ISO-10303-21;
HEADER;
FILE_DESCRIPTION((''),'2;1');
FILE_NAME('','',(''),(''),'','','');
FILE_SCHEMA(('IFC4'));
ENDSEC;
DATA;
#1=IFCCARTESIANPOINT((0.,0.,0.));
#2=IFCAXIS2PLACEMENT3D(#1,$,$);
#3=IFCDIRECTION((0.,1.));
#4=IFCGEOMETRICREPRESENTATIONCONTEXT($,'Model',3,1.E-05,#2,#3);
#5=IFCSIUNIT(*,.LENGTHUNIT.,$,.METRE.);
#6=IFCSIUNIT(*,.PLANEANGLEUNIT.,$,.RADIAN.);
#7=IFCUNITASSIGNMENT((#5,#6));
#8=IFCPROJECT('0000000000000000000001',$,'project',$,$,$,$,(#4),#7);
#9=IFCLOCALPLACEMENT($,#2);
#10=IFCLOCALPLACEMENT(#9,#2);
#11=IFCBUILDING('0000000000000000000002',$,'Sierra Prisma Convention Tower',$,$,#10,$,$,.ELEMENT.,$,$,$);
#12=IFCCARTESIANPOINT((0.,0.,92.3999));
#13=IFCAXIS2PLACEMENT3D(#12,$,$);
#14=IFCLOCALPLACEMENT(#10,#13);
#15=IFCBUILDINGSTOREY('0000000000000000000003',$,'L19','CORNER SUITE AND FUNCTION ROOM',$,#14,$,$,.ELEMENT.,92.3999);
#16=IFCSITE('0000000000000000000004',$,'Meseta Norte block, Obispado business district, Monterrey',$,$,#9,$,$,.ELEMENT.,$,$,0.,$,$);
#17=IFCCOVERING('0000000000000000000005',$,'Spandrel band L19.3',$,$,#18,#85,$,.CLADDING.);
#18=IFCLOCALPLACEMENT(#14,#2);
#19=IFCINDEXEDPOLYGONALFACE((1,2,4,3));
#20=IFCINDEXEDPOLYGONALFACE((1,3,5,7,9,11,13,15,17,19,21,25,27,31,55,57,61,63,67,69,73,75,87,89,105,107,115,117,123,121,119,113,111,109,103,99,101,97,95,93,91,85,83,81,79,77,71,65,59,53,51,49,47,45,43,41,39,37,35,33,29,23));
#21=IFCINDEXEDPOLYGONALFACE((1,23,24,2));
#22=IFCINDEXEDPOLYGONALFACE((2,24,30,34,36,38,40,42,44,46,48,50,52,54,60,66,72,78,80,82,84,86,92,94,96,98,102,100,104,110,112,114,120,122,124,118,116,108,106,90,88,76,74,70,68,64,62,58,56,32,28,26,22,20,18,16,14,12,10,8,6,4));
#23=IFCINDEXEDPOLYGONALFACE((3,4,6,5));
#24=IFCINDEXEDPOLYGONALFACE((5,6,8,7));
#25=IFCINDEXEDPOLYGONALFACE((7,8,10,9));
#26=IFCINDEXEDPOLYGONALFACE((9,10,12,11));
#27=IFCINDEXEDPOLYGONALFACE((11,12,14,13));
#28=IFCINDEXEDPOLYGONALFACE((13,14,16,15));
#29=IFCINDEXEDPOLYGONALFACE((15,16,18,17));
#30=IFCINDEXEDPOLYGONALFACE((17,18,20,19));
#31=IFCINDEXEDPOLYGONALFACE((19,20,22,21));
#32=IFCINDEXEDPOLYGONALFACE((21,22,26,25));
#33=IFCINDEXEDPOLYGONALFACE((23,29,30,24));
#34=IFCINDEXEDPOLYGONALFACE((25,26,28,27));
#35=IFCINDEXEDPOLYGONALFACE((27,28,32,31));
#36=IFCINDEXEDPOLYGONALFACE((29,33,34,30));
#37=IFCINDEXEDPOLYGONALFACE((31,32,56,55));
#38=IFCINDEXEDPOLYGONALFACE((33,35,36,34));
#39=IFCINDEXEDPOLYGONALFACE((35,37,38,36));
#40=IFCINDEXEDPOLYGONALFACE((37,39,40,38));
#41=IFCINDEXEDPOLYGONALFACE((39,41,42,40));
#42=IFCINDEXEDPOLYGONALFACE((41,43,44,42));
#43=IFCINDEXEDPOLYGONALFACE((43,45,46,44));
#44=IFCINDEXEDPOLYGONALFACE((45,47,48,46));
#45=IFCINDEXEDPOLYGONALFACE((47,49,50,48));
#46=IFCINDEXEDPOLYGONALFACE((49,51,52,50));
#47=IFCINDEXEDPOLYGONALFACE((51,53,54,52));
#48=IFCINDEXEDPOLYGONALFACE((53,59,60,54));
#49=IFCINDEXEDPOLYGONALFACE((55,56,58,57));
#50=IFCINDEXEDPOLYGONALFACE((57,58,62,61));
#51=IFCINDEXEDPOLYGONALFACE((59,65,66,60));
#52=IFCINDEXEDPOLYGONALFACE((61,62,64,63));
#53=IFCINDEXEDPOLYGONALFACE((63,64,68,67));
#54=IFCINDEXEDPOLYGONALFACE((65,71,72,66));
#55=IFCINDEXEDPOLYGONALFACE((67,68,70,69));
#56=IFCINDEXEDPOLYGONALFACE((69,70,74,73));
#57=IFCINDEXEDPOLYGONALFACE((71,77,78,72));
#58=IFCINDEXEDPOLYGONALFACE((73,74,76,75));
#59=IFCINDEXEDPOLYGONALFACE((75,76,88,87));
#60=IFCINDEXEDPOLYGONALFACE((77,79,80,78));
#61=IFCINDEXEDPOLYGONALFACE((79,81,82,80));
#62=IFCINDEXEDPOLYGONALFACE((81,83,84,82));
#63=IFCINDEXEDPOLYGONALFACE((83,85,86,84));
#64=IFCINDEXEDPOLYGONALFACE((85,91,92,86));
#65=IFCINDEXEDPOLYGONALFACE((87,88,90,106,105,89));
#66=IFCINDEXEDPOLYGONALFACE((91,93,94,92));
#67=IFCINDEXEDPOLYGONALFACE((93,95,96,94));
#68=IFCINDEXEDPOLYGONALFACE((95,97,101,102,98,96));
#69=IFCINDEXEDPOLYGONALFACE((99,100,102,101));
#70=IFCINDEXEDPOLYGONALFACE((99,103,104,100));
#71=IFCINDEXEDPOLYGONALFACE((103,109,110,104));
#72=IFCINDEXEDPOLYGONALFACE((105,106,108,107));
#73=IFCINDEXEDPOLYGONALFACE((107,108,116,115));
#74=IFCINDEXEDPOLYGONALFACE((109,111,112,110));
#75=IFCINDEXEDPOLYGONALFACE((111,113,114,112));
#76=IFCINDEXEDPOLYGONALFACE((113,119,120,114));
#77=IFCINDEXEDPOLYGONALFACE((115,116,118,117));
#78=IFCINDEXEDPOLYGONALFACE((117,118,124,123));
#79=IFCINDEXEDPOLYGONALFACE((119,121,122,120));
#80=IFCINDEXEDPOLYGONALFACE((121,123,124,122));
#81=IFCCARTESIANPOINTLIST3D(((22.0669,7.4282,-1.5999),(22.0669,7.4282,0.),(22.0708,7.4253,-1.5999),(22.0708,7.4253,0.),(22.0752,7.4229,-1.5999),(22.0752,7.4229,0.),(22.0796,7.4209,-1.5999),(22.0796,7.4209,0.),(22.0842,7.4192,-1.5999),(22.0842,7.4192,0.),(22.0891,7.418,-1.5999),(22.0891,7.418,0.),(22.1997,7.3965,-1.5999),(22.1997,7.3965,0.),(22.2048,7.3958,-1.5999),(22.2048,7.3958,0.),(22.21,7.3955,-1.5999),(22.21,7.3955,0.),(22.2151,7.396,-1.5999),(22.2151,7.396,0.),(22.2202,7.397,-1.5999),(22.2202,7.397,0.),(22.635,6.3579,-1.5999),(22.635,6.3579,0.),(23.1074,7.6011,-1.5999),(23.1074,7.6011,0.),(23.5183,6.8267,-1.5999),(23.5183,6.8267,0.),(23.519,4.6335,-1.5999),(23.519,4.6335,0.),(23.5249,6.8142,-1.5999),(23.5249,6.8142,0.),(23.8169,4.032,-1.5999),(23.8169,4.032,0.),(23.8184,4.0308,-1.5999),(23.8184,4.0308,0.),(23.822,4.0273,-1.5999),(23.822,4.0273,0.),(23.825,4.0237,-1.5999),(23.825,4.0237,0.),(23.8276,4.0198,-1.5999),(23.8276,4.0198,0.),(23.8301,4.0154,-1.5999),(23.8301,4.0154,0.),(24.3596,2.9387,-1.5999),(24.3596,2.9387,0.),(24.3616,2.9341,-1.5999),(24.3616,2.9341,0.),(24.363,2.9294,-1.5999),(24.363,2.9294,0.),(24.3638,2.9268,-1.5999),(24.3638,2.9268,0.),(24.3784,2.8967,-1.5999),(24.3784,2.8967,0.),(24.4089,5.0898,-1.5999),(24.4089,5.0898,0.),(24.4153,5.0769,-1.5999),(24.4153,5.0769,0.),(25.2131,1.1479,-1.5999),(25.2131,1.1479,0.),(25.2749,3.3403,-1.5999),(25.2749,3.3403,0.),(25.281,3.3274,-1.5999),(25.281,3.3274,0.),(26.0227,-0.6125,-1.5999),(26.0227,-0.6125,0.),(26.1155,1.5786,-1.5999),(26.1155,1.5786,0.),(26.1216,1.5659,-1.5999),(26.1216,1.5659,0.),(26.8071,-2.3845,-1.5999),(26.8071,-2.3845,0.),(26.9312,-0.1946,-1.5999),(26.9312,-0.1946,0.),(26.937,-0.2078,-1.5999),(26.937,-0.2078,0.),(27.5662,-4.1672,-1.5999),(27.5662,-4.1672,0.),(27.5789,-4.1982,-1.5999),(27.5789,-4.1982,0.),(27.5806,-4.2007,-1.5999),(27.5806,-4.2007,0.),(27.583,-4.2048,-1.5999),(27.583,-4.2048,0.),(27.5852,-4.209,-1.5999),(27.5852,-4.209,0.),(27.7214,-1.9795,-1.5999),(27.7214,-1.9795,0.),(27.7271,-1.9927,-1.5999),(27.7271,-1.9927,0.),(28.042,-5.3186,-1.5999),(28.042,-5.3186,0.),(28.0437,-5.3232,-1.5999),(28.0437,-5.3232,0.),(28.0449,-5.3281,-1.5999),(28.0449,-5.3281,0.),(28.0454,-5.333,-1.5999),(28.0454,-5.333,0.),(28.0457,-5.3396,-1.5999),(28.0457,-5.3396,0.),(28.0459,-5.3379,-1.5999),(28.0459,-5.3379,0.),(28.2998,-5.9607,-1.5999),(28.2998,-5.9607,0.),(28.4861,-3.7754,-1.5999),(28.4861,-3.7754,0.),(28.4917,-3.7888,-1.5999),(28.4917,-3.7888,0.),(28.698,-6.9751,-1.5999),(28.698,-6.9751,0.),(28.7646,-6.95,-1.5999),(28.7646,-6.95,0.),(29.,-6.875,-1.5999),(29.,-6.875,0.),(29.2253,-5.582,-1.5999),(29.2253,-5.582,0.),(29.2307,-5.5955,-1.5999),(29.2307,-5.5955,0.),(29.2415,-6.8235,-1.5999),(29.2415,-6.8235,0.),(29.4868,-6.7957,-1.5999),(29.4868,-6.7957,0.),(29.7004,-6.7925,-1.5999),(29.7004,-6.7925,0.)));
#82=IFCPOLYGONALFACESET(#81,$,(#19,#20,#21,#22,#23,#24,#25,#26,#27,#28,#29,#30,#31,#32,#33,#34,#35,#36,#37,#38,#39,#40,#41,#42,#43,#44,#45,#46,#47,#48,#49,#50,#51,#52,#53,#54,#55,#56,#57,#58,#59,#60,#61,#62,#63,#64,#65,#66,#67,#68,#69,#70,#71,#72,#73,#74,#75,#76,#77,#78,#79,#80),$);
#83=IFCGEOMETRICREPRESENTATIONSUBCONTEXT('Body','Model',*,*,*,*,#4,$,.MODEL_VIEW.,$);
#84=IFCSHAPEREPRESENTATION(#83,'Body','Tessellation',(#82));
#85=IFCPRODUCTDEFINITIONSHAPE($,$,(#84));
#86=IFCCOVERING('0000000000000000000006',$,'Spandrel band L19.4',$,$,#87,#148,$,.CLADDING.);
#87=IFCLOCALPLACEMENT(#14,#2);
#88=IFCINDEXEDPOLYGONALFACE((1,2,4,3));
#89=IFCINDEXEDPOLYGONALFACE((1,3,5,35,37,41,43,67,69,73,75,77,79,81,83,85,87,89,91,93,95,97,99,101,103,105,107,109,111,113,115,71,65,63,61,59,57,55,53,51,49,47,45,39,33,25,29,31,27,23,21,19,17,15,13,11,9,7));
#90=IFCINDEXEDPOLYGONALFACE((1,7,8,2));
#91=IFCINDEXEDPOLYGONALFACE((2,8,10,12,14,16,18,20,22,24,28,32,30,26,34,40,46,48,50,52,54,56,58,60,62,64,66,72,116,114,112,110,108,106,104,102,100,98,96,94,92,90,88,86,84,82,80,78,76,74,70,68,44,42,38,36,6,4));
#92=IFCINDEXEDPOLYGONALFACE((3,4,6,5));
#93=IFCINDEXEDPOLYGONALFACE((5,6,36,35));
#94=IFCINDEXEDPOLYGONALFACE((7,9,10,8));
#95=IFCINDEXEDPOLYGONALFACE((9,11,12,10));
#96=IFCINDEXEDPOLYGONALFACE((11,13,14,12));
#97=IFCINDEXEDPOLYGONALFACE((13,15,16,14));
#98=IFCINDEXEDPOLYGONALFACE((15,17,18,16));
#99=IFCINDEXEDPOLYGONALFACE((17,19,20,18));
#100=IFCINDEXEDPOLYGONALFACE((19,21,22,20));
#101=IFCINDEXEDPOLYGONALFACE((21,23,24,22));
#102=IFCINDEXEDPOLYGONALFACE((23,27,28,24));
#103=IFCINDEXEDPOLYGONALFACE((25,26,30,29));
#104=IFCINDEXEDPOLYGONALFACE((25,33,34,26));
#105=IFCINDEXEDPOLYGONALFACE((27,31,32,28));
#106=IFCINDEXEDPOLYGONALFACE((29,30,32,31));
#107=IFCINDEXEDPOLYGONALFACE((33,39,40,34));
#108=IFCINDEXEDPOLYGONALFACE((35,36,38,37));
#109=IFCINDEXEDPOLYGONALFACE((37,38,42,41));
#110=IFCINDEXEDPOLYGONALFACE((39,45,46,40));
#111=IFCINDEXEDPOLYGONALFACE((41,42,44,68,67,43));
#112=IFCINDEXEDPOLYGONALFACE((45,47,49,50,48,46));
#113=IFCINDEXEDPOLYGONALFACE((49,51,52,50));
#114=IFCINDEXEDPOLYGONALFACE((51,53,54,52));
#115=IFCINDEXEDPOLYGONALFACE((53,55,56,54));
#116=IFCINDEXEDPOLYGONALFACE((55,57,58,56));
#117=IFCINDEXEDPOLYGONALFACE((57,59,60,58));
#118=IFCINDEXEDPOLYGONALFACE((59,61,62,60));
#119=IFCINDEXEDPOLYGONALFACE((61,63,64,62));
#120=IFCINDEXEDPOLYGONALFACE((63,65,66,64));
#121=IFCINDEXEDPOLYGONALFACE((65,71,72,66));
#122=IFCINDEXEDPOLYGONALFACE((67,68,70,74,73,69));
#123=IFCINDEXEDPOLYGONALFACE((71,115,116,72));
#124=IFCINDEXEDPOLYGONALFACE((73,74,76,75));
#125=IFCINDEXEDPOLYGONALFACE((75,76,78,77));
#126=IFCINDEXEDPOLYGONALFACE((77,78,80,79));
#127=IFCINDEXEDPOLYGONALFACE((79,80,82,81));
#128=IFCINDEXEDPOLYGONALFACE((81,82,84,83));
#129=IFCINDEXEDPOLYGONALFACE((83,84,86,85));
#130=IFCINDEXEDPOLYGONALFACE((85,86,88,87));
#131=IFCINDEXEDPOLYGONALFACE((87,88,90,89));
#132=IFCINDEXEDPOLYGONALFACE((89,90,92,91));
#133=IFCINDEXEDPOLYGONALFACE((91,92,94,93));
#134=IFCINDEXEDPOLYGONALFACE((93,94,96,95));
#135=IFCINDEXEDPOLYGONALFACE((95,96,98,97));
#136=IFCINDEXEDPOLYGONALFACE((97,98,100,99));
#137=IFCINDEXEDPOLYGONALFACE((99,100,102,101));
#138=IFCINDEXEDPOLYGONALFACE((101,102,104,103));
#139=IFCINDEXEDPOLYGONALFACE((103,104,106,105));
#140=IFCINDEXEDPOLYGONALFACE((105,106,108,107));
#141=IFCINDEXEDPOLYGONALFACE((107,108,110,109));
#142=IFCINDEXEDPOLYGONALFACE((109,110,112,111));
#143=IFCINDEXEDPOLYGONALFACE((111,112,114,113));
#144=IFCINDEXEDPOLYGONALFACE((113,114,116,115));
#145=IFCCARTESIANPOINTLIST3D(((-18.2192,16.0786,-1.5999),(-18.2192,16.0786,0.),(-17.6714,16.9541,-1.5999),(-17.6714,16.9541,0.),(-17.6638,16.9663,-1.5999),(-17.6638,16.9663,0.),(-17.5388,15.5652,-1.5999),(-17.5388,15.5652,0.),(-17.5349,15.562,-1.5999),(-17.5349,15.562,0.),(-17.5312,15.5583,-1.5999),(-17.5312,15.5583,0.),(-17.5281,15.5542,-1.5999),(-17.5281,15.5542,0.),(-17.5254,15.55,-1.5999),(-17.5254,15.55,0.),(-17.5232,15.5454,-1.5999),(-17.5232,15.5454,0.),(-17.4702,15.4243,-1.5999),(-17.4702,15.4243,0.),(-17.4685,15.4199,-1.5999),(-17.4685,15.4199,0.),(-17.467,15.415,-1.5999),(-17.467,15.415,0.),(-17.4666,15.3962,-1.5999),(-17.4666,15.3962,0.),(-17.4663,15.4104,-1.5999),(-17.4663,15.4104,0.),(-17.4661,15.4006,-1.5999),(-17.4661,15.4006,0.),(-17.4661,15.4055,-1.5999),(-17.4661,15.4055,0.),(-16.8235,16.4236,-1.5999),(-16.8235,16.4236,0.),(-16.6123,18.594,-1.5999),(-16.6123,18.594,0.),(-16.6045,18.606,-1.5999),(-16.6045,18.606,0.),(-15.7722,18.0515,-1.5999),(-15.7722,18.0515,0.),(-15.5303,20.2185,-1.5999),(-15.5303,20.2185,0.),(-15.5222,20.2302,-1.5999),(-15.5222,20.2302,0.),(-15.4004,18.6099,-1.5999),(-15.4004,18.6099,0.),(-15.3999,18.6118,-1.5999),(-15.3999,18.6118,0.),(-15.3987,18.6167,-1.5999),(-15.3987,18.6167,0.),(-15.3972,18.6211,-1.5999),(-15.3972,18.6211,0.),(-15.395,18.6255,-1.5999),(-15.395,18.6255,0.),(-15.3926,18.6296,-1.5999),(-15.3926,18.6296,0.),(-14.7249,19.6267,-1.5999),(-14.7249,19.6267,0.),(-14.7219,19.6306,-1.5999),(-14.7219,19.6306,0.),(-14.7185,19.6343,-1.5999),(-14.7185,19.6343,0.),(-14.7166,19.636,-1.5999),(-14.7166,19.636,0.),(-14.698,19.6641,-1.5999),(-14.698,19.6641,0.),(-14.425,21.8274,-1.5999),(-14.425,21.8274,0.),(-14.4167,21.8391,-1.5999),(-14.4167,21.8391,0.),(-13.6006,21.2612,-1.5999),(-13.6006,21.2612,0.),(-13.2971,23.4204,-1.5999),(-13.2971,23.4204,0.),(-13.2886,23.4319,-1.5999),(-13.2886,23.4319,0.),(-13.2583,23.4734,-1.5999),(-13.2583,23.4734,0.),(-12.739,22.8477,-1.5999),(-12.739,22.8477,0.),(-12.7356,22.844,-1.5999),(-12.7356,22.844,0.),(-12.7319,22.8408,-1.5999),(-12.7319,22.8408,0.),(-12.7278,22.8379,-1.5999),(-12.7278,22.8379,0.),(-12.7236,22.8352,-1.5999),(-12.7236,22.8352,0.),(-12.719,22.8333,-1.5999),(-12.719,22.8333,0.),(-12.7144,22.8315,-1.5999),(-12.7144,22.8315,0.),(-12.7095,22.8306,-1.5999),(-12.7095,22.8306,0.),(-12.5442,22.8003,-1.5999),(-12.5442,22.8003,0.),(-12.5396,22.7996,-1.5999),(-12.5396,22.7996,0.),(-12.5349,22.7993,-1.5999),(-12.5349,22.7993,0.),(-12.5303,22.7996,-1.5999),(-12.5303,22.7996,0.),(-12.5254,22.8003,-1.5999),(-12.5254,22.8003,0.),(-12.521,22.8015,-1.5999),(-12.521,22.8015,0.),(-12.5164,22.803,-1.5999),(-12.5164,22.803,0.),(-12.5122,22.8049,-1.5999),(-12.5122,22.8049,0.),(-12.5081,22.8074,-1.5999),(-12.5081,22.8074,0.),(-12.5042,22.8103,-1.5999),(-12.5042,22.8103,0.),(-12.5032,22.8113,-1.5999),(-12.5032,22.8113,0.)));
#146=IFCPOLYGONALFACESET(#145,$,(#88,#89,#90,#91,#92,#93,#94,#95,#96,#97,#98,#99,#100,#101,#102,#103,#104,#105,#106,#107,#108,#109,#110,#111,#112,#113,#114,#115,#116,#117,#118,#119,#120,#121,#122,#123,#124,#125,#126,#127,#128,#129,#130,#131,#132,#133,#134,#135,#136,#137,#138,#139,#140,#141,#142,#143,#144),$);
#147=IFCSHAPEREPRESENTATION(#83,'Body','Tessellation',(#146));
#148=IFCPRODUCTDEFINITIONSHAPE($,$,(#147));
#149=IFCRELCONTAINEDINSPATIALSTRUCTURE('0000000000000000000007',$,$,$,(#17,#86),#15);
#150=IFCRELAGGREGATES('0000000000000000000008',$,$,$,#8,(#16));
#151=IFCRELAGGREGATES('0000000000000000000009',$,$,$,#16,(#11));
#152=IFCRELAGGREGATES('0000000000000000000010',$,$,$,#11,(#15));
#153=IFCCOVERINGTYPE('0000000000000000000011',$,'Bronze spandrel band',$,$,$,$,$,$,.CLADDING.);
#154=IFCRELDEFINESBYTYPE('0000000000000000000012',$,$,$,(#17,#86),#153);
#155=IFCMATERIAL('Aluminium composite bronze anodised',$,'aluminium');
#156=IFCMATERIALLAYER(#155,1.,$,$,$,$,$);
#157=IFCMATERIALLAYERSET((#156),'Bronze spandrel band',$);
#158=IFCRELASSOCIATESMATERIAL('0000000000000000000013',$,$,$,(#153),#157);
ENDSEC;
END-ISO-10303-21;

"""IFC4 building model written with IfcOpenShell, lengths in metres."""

from ifc_helpers import new_model, si_unit, direction, frame, origin, place, context, subcontext, project, spatial, polyline, outline, extrude, material, layer, layer_set, type_object, element, save


model = new_model("IFC4")

# Units and contexts
model_context = context("Model", 3, precision=1e-05, world=origin(), true_north=direction((0.0, 1.0)))
body_context = subcontext(model_context, "Body", "Model", "MODEL_VIEW")
ifc_project = project(units=[si_unit("LENGTHUNIT", "METRE"), si_unit("PLANEANGLEUNIT", "RADIAN")], contexts=[model_context])

# Site, building, storey
site_placement = place(None, origin())
site = spatial("IfcSite", under=ifc_project, at=site_placement, Name="Meseta Norte block, Obispado business district, Monterrey", CompositionType="ELEMENT", RefElevation=0.0)
building_placement = place(site_placement, origin())
building = spatial("IfcBuilding", under=site, at=building_placement, Name="Sierra Prisma Convention Tower", CompositionType="ELEMENT")
storey_placement = place(building_placement, frame((0.0, 0.0, 92.3999)))
storey = spatial("IfcBuildingStorey", under=building, at=storey_placement, Name="L19", Description="CORNER SUITE AND FUNCTION ROOM", CompositionType="ELEMENT", Elevation=92.3999)

# Coverings
ifc_material_1 = material(Name="Aluminium composite bronze anodised", Category="aluminium")
ifc_layer_1 = layer(ifc_material_1, 1.0)
ifc_layer_set_1 = layer_set([ifc_layer_1], Name="Bronze spandrel band")
covering_type = type_object("IfcCoveringType", Name="Bronze spandrel band", PredefinedType="CLADDING", material=ifc_layer_set_1)
covering_1_placement = place(storey_placement, frame((0.0, 0.0, -1.5999)))
element("IfcCovering", 1, at=covering_1_placement, inside=storey, type_object=covering_type, Name="Spandrel band L19.3", PredefinedType="CLADDING", context=body_context, shape_type="SweptSolid", body=[
    extrude(outline(polyline([(27.5789, -4.1982), (27.5662, -4.1672), (26.8071, -2.3845), (26.0227, -0.6125), (25.2131, 1.1479), (24.3784, 2.8967), (24.3638, 2.9268), (24.363, 2.9294), (24.3616, 2.9341), (24.3596, 2.9387), (23.8301, 4.0154), (23.8276, 4.0198), (23.825, 4.0237), (23.822, 4.0273), (23.8184, 4.0308), (23.8169, 4.032), (23.519, 4.6335), (22.635, 6.3579), (22.0669, 7.4282), (22.0708, 7.4253), (22.0752, 7.4229), (22.0796, 7.4209), (22.0842, 7.4192), (22.0891, 7.418), (22.1997, 7.3965), (22.2048, 7.3958), (22.21, 7.3955), (22.2151, 7.396), (22.2202, 7.397), (23.1074, 7.6011), (23.5183, 6.8267), (23.5249, 6.8142), (24.4089, 5.0898), (24.4153, 5.0769), (25.2749, 3.3403), (25.281, 3.3274), (26.1155, 1.5786), (26.1216, 1.5659), (26.9312, -0.1946), (26.937, -0.2078), (27.7214, -1.9795), (27.7271, -1.9927), (28.4861, -3.7754), (28.4917, -3.7888), (29.2253, -5.582), (29.2307, -5.5955), (29.7004, -6.7925), (29.4868, -6.7957), (29.2415, -6.8235), (29.0, -6.875), (28.7646, -6.95), (28.698, -6.9751), (28.2998, -5.9607), (28.0457, -5.3396), (28.0459, -5.3379), (28.0454, -5.333), (28.0449, -5.3281), (28.0437, -5.3232), (28.042, -5.3186), (27.5852, -4.209), (27.583, -4.2048), (27.5806, -4.2007), (27.5789, -4.1982)])), origin(), (0.0, 0.0, 1.0), 1.5999),
])
covering_2_placement = place(storey_placement, frame((0.0, 0.0, -1.5999)))
element("IfcCovering", 2, at=covering_2_placement, inside=storey, type_object=covering_type, Name="Spandrel band L19.4", PredefinedType="CLADDING", context=body_context, shape_type="SweptSolid", body=[
    extrude(outline(polyline([(-12.719, 22.8333), (-12.7144, 22.8315), (-12.7095, 22.8306), (-12.5442, 22.8003), (-12.5396, 22.7996), (-12.5349, 22.7993), (-12.5303, 22.7996), (-12.5254, 22.8003), (-12.521, 22.8015), (-12.5164, 22.803), (-12.5122, 22.8049), (-12.5081, 22.8074), (-12.5042, 22.8103), (-12.5032, 22.8113), (-13.6006, 21.2612), (-14.698, 19.6641), (-14.7166, 19.636), (-14.7185, 19.6343), (-14.7219, 19.6306), (-14.7249, 19.6267), (-15.3926, 18.6296), (-15.395, 18.6255), (-15.3972, 18.6211), (-15.3987, 18.6167), (-15.3999, 18.6118), (-15.4004, 18.6099), (-15.7722, 18.0515), (-16.8235, 16.4236), (-17.4666, 15.3962), (-17.4661, 15.4006), (-17.4661, 15.4055), (-17.4663, 15.4104), (-17.467, 15.415), (-17.4685, 15.4199), (-17.4702, 15.4243), (-17.5232, 15.5454), (-17.5254, 15.55), (-17.5281, 15.5542), (-17.5312, 15.5583), (-17.5349, 15.562), (-17.5388, 15.5652), (-18.2192, 16.0786), (-17.6714, 16.9541), (-17.6638, 16.9663), (-16.6123, 18.594), (-16.6045, 18.606), (-15.5303, 20.2185), (-15.5222, 20.2302), (-14.425, 21.8274), (-14.4167, 21.8391), (-13.2971, 23.4204), (-13.2886, 23.4319), (-13.2583, 23.4734), (-12.739, 22.8477), (-12.7356, 22.844), (-12.7319, 22.8408), (-12.7278, 22.8379), (-12.7236, 22.8352), (-12.719, 22.8333)])), origin(), (0.0, 0.0, 1.0), 1.5999),
])

save(model, "model.ifc")
